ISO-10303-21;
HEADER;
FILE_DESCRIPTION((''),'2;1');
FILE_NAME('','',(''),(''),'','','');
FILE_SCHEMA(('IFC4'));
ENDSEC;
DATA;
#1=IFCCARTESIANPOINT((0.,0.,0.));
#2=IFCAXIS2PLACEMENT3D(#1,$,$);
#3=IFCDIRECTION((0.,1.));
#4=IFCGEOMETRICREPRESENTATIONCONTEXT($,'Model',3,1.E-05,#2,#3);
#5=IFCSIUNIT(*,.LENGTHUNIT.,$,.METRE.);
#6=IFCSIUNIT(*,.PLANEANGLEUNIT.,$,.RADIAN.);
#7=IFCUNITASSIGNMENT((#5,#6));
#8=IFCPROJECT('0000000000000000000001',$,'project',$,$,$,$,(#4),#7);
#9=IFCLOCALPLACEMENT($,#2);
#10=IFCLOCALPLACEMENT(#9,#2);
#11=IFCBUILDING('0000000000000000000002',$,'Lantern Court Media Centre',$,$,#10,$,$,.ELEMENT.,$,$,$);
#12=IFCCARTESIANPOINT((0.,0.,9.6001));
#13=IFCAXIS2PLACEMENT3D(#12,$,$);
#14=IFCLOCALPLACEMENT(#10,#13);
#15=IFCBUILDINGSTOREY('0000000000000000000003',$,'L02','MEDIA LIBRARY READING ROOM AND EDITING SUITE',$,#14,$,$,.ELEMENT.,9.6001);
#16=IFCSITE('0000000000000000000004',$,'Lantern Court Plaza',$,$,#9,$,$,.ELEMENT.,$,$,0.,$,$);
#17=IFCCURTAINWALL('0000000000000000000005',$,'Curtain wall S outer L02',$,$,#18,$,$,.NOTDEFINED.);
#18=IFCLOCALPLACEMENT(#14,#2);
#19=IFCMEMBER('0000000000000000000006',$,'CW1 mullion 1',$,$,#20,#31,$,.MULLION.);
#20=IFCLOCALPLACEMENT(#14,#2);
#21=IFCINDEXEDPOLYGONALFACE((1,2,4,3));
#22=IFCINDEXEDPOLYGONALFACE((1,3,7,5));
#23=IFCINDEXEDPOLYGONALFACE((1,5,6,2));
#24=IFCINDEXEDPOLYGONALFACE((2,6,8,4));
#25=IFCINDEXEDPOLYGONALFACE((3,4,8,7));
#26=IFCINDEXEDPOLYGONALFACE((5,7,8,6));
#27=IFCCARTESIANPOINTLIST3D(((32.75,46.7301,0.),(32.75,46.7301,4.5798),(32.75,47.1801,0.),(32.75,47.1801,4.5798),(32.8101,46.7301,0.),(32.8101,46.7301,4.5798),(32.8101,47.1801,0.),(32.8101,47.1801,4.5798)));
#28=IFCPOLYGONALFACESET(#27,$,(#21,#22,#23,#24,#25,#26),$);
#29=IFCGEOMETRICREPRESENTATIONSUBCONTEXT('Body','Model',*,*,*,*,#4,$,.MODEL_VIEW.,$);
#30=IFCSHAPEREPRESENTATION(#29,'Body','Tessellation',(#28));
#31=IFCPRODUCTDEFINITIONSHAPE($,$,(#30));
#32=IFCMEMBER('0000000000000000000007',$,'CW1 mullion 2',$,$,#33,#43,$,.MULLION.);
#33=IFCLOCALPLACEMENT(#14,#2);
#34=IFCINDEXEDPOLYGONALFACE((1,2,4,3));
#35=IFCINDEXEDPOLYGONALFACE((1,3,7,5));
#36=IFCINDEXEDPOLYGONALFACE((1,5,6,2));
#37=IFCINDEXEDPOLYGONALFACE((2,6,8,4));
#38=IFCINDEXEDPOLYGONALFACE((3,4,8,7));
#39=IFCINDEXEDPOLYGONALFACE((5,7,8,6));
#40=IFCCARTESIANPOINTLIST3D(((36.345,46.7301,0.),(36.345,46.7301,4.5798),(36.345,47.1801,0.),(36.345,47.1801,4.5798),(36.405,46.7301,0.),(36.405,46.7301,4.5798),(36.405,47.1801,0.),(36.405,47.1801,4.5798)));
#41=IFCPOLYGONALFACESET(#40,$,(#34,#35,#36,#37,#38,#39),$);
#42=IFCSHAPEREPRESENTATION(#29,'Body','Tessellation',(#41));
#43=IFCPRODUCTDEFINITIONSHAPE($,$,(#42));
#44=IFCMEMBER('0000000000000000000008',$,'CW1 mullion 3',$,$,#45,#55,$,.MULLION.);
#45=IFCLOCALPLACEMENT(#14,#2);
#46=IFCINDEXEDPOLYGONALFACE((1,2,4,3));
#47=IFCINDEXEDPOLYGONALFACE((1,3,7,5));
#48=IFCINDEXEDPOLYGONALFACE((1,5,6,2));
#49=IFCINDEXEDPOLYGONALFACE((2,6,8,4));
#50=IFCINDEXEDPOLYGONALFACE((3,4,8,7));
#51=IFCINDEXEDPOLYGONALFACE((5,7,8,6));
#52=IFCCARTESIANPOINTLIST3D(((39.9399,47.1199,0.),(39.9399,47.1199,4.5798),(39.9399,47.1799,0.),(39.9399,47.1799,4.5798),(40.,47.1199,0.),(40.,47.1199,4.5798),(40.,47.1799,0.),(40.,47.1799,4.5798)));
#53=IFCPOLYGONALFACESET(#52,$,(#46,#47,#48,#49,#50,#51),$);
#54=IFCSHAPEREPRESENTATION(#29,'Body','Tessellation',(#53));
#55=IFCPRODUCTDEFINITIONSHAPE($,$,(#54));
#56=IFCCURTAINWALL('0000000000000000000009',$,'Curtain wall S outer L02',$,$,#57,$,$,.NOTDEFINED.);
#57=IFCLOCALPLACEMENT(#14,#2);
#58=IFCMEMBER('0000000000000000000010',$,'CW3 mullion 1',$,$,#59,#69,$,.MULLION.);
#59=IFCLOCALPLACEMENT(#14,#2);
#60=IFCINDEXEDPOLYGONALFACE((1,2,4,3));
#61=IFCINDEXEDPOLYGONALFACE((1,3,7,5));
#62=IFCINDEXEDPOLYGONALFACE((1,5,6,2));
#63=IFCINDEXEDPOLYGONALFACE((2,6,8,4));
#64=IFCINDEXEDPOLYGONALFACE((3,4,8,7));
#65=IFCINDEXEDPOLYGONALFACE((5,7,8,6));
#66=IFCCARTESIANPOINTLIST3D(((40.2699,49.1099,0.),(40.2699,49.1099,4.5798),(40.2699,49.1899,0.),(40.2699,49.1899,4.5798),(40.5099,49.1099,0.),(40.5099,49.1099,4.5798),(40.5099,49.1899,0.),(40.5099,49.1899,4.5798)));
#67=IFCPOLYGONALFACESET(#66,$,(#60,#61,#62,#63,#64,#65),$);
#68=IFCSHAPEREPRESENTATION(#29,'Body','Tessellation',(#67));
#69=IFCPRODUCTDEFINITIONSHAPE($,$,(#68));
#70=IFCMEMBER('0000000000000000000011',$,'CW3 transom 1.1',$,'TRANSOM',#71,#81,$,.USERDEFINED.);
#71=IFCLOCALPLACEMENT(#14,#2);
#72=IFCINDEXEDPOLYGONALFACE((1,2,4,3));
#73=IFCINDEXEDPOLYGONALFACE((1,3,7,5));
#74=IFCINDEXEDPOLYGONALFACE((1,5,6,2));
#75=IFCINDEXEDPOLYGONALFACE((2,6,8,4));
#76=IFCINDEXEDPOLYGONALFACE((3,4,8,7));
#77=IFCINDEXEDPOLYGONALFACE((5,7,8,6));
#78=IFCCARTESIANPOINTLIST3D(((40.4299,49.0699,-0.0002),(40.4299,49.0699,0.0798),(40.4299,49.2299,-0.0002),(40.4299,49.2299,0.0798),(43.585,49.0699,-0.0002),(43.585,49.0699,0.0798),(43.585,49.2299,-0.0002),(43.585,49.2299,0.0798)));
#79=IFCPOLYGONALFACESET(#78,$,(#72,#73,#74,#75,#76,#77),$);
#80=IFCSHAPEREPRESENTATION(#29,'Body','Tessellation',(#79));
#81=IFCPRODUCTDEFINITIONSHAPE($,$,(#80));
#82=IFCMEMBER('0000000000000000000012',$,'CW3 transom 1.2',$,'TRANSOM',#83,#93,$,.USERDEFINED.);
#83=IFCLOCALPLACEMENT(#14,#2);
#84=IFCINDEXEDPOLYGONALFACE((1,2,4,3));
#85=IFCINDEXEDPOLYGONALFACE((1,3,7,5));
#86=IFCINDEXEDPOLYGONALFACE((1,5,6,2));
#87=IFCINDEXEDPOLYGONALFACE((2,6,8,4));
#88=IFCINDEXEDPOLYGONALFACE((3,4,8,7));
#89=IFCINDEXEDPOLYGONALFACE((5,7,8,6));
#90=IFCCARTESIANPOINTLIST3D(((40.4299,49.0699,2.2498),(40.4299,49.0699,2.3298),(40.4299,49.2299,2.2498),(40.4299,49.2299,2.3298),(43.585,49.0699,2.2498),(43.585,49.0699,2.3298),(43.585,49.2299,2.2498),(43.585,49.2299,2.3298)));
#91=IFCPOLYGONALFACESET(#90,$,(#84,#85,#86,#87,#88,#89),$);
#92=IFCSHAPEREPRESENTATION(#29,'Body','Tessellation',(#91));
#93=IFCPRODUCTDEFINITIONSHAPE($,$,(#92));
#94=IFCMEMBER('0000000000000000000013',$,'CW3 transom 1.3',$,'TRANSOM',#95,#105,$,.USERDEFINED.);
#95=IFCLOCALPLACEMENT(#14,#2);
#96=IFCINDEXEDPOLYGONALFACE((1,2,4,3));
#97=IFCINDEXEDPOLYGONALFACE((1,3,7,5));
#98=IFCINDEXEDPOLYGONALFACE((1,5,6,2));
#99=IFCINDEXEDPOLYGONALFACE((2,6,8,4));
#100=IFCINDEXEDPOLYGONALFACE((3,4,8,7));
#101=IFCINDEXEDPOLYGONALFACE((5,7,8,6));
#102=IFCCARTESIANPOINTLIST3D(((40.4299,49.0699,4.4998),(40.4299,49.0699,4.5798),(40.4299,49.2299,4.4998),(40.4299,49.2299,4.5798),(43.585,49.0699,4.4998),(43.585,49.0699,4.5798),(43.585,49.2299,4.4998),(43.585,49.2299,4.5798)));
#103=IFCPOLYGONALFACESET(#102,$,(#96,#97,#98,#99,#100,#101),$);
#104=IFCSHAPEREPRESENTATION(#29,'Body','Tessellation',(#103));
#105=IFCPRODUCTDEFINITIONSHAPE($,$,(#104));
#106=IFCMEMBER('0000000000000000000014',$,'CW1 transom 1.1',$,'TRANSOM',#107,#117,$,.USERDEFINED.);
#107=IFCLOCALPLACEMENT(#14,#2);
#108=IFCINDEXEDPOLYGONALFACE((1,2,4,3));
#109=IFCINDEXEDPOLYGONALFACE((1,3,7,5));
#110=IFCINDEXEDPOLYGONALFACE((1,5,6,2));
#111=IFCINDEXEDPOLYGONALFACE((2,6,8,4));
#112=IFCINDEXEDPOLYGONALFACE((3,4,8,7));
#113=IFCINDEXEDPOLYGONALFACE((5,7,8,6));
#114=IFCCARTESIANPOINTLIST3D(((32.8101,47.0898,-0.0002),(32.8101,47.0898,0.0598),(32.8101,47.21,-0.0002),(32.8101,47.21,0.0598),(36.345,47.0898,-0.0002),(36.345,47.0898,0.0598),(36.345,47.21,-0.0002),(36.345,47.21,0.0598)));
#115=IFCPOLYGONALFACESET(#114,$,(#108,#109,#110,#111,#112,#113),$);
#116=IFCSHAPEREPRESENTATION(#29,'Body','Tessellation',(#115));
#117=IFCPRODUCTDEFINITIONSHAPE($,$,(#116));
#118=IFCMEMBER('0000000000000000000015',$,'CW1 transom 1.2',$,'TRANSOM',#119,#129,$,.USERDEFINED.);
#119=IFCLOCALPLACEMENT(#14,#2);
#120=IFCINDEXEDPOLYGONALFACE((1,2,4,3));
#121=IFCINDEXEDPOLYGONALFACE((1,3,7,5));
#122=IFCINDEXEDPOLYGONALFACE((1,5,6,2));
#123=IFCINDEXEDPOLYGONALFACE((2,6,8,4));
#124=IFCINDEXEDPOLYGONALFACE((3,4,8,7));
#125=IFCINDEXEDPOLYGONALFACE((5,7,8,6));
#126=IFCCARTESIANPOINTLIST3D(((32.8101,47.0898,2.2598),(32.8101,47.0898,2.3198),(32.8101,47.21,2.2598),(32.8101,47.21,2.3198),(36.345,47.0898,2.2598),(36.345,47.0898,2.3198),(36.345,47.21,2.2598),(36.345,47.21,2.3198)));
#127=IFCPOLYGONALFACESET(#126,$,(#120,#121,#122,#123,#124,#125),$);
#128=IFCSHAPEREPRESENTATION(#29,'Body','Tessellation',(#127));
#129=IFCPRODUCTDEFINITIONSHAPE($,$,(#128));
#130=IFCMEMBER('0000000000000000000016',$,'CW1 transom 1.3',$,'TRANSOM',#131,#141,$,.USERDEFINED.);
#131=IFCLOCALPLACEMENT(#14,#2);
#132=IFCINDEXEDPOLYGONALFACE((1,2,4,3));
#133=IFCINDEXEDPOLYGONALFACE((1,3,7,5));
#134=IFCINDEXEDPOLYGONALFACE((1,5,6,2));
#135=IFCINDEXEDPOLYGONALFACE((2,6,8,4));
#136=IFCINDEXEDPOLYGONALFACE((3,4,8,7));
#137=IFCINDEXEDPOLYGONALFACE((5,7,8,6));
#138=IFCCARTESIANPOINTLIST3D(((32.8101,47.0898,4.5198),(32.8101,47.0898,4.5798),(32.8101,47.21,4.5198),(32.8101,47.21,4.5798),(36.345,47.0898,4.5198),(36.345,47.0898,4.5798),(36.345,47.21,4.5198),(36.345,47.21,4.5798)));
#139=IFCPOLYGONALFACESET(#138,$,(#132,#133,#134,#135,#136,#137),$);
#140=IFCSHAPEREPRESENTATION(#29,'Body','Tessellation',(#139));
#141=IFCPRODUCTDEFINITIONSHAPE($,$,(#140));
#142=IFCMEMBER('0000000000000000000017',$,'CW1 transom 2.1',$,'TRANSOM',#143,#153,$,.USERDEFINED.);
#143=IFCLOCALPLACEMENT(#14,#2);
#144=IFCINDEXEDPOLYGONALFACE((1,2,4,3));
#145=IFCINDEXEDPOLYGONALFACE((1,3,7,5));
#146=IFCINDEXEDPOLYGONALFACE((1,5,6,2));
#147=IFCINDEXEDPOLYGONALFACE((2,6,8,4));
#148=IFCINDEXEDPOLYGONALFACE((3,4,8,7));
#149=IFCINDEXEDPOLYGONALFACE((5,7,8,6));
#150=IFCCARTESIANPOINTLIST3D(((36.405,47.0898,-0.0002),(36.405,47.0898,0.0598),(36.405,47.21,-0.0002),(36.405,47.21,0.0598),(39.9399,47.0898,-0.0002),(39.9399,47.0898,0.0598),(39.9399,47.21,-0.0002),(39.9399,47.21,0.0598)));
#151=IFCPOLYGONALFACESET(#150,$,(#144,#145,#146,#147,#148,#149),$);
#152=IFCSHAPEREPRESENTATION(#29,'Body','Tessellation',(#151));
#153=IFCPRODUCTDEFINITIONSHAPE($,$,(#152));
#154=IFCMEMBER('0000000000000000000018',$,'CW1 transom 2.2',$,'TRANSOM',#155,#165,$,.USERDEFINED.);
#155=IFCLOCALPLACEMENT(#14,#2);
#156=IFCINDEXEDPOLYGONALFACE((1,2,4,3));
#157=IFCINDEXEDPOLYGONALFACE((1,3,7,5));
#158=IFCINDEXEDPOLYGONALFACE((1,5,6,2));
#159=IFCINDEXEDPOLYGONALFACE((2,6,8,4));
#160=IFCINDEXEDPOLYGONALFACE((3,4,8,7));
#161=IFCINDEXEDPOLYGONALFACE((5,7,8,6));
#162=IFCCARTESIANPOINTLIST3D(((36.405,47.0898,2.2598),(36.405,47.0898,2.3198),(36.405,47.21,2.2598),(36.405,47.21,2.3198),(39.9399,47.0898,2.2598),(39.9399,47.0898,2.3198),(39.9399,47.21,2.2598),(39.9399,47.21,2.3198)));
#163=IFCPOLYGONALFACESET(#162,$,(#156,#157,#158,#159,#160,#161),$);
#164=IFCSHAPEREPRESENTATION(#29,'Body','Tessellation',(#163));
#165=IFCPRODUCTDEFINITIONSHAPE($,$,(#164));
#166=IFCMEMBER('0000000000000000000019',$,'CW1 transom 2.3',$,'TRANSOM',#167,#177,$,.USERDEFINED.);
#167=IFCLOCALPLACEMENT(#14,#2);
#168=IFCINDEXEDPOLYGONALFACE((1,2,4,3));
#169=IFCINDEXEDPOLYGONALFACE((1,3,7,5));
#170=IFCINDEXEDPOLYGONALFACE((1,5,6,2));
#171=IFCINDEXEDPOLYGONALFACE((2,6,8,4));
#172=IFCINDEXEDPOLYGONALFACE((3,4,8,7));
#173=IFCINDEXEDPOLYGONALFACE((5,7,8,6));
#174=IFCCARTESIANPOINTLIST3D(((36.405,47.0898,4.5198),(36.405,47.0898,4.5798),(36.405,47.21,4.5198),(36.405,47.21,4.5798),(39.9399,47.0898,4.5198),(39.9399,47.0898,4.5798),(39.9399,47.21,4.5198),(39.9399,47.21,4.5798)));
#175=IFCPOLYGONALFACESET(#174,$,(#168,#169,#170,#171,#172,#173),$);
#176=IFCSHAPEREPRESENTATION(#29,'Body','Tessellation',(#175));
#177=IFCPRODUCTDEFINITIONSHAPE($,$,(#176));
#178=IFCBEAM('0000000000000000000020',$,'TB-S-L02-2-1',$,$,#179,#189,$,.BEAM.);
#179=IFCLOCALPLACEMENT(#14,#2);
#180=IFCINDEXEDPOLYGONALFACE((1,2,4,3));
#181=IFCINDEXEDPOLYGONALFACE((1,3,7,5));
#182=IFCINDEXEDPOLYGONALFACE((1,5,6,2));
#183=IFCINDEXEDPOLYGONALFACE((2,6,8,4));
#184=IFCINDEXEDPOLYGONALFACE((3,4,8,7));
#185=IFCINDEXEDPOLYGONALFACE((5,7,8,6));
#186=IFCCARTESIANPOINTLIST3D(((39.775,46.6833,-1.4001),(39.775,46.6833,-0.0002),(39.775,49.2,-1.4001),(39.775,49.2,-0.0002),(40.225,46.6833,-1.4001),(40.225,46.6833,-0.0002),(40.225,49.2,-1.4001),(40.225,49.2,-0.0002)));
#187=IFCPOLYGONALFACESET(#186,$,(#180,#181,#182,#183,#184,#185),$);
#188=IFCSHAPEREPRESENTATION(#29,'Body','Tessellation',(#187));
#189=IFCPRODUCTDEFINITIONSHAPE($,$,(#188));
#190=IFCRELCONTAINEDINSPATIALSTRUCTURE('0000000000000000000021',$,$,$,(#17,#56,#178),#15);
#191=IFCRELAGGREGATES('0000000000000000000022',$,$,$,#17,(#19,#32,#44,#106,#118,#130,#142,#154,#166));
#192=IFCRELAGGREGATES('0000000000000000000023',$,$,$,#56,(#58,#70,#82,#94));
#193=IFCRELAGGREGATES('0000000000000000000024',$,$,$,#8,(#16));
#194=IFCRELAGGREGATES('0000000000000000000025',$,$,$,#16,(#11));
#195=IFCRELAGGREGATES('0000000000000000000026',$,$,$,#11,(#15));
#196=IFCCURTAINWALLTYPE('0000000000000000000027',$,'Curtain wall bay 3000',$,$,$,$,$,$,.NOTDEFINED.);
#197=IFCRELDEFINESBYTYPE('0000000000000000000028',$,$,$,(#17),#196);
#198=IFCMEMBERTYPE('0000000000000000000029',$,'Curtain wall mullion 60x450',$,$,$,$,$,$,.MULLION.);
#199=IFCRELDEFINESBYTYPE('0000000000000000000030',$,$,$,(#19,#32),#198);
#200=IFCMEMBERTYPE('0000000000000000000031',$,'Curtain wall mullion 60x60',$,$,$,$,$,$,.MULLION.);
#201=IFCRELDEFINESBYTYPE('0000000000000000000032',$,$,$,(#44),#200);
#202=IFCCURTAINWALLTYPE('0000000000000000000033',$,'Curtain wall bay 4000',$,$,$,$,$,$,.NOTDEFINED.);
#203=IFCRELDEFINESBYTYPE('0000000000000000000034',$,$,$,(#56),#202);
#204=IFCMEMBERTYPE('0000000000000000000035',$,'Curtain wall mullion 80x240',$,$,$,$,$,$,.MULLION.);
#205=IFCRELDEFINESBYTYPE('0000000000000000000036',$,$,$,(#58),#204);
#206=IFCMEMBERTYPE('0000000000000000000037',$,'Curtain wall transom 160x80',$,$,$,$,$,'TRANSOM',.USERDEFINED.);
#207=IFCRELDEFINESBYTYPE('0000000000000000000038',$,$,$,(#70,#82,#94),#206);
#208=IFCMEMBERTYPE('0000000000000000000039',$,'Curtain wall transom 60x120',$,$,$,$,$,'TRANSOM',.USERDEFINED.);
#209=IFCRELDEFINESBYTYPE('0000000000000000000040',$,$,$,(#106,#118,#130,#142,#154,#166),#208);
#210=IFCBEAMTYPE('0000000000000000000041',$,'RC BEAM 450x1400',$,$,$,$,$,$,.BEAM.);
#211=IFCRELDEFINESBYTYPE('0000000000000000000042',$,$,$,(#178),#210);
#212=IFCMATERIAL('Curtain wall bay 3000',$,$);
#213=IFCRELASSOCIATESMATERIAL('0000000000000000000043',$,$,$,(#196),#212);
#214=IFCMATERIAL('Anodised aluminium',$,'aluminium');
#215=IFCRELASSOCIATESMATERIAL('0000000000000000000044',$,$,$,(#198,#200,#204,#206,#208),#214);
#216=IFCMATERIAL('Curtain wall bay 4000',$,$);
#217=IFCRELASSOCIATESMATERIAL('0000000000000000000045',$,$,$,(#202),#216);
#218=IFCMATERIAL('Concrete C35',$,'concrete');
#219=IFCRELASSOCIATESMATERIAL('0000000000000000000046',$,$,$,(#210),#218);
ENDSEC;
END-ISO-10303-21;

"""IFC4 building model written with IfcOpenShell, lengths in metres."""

from ifc_helpers import new_model, si_unit, direction, frame, origin, origin_2d, place, context, subcontext, project, spatial, rectangle, extrude, material, material_profile, profile_set, type_object, element, aggregate, save


model = new_model("IFC4")

# Units and contexts
model_context = context("Model", 3, precision=1e-05, world=origin(), true_north=direction((0.0, 1.0)))
body_context = subcontext(model_context, "Body", "Model", "MODEL_VIEW")
ifc_project = project(units=[si_unit("LENGTHUNIT", "METRE"), si_unit("PLANEANGLEUNIT", "RADIAN")], contexts=[model_context])

# Site, building, storey
site_placement = place(None, origin())
site = spatial("IfcSite", under=ifc_project, at=site_placement, Name="Lantern Court Plaza", CompositionType="ELEMENT", RefElevation=0.0)
building_placement = place(site_placement, origin())
building = spatial("IfcBuilding", under=site, at=building_placement, Name="Lantern Court Media Centre", CompositionType="ELEMENT")
storey_placement = place(building_placement, frame((0.0, 0.0, 9.6001)))
storey = spatial("IfcBuildingStorey", under=building, at=storey_placement, Name="L02", Description="MEDIA LIBRARY READING ROOM AND EDITING SUITE", CompositionType="ELEMENT", Elevation=9.6001)

# Curtain walls, members
ifc_material_1 = material(Name="Curtain wall bay 3000")
curtain_wall_type_1 = type_object("IfcCurtainWallType", Name="Curtain wall bay 3000", PredefinedType="NOTDEFINED", material=ifc_material_1)
curtain_wall_1_placement = place(storey_placement, origin())
curtain_wall_1 = element("IfcCurtainWall", 1, at=curtain_wall_1_placement, inside=storey, type_object=curtain_wall_type_1, Name="Curtain wall S outer L02", PredefinedType="NOTDEFINED")
ifc_material_2 = material(Name="Anodised aluminium", Category="aluminium")
ifc_material_profile_1 = material_profile(ifc_material_2, rectangle(XDim=0.45, YDim=0.0601, at=origin_2d()), Name="AL 60x450")
ifc_profile_set_1 = profile_set([ifc_material_profile_1], Name="Anodised aluminium")
member_type_1 = type_object("IfcMemberType", Name="Curtain wall mullion 60x450", PredefinedType="MULLION", material=ifc_profile_set_1)
member_1_placement = place(storey_placement, frame((32.78, 46.9551, 0.0), z_axis=(0.0, 0.0, 1.0), x_axis=(0.0, 1.0, 0.0)))
member_1 = element("IfcMember", 2, at=member_1_placement, type_object=member_type_1, Name="CW1 mullion 1", PredefinedType="MULLION", context=body_context, shape_type="SweptSolid", body=[
    extrude(rectangle(XDim=0.45, YDim=0.0601, at=origin_2d()), origin(), (0.0, 0.0, 1.0), 4.5798),
])
member_2_placement = place(storey_placement, frame((36.375, 46.9551, 0.0), z_axis=(0.0, 0.0, 1.0), x_axis=(0.0, 1.0, 0.0)))
member_2 = element("IfcMember", 3, at=member_2_placement, type_object=member_type_1, Name="CW1 mullion 2", PredefinedType="MULLION", context=body_context, shape_type="SweptSolid", body=[
    extrude(rectangle(XDim=0.45, YDim=0.0601, at=origin_2d()), origin(), (0.0, 0.0, 1.0), 4.5798),
])
ifc_material_profile_2 = material_profile(ifc_material_2, rectangle(XDim=0.0601, YDim=0.0601, at=origin_2d()), Name="AL 60x60")
ifc_profile_set_2 = profile_set([ifc_material_profile_2], Name="Anodised aluminium")
member_type_2 = type_object("IfcMemberType", Name="Curtain wall mullion 60x60", PredefinedType="MULLION", material=ifc_profile_set_2)
member_3_placement = place(storey_placement, frame((39.97, 47.1499, 0.0), z_axis=(0.0, 0.0, 1.0), x_axis=(0.0, 1.0, 0.0)))
member_3 = element("IfcMember", 4, at=member_3_placement, type_object=member_type_2, Name="CW1 mullion 3", PredefinedType="MULLION", context=body_context, shape_type="SweptSolid", body=[
    extrude(rectangle(XDim=0.0601, YDim=0.0601, at=origin_2d()), origin(), (0.0, 0.0, 1.0), 4.5798),
])
ifc_material_3 = material(Name="Curtain wall bay 4000")
curtain_wall_type_2 = type_object("IfcCurtainWallType", Name="Curtain wall bay 4000", PredefinedType="NOTDEFINED", material=ifc_material_3)
curtain_wall_2_placement = place(storey_placement, origin())
curtain_wall_2 = element("IfcCurtainWall", 5, at=curtain_wall_2_placement, inside=storey, type_object=curtain_wall_type_2, Name="Curtain wall S outer L02", PredefinedType="NOTDEFINED")
ifc_material_profile_3 = material_profile(ifc_material_2, rectangle(XDim=0.0801, YDim=0.24, at=origin_2d()), Name="AL 80x240")
ifc_profile_set_3 = profile_set([ifc_material_profile_3], Name="Anodised aluminium")
member_type_3 = type_object("IfcMemberType", Name="Curtain wall mullion 80x240", PredefinedType="MULLION", material=ifc_profile_set_3)
member_4_placement = place(storey_placement, frame((40.3899, 49.1499, 0.0), z_axis=(0.0, 0.0, 1.0), x_axis=(0.0, 1.0, 0.0)))
member_4 = element("IfcMember", 6, at=member_4_placement, type_object=member_type_3, Name="CW3 mullion 1", PredefinedType="MULLION", context=body_context, shape_type="SweptSolid", body=[
    extrude(rectangle(XDim=0.0801, YDim=0.24, at=origin_2d()), origin(), (0.0, 0.0, 1.0), 4.5798),
])
ifc_material_profile_4 = material_profile(ifc_material_2, rectangle(XDim=0.1599, YDim=0.0801, at=origin_2d()), Name="AL 80x160")
ifc_profile_set_4 = profile_set([ifc_material_profile_4], Name="Anodised aluminium")
member_type_4 = type_object("IfcMemberType", Name="Curtain wall transom 160x80", ElementType="TRANSOM", PredefinedType="USERDEFINED", material=ifc_profile_set_4)
member_5_placement = place(storey_placement, frame((40.4299, 49.1499, 0.0398), z_axis=(1.0, 0.0, 0.0), x_axis=(0.0, 1.0, 0.0)))
member_5 = element("IfcMember", 7, at=member_5_placement, type_object=member_type_4, Name="CW3 transom 1.1", ObjectType="TRANSOM", PredefinedType="USERDEFINED", context=body_context, shape_type="SweptSolid", body=[
    extrude(rectangle(XDim=0.1599, YDim=0.0801, at=origin_2d()), origin(), (0.0, 0.0, 1.0), 3.155),
])
member_6_placement = place(storey_placement, frame((40.4299, 49.1499, 2.2898), z_axis=(1.0, 0.0, 0.0), x_axis=(0.0, 1.0, 0.0)))
member_6 = element("IfcMember", 8, at=member_6_placement, type_object=member_type_4, Name="CW3 transom 1.2", ObjectType="TRANSOM", PredefinedType="USERDEFINED", context=body_context, shape_type="SweptSolid", body=[
    extrude(rectangle(XDim=0.1599, YDim=0.0801, at=origin_2d()), origin(), (0.0, 0.0, 1.0), 3.155),
])
member_7_placement = place(storey_placement, frame((40.4299, 49.1499, 4.5398), z_axis=(1.0, 0.0, 0.0), x_axis=(0.0, 1.0, 0.0)))
member_7 = element("IfcMember", 9, at=member_7_placement, type_object=member_type_4, Name="CW3 transom 1.3", ObjectType="TRANSOM", PredefinedType="USERDEFINED", context=body_context, shape_type="SweptSolid", body=[
    extrude(rectangle(XDim=0.1599, YDim=0.0801, at=origin_2d()), origin(), (0.0, 0.0, 1.0), 3.155),
])

# Members
ifc_material_profile_5 = material_profile(ifc_material_2, rectangle(XDim=0.1201, YDim=0.0601, at=origin_2d()), Name="AL 60x120")
ifc_profile_set_5 = profile_set([ifc_material_profile_5], Name="Anodised aluminium")
member_type_5 = type_object("IfcMemberType", Name="Curtain wall transom 60x120", ElementType="TRANSOM", PredefinedType="USERDEFINED", material=ifc_profile_set_5)
member_8_placement = place(storey_placement, frame((32.8101, 47.1499, 0.0298), z_axis=(1.0, 0.0, 0.0), x_axis=(0.0, 1.0, 0.0)))
member_8 = element("IfcMember", 10, at=member_8_placement, type_object=member_type_5, Name="CW1 transom 1.1", ObjectType="TRANSOM", PredefinedType="USERDEFINED", context=body_context, shape_type="SweptSolid", body=[
    extrude(rectangle(XDim=0.1201, YDim=0.0601, at=origin_2d()), origin(), (0.0, 0.0, 1.0), 3.5349),
])
member_9_placement = place(storey_placement, frame((32.8101, 47.1499, 2.2898), z_axis=(1.0, 0.0, 0.0), x_axis=(0.0, 1.0, 0.0)))
member_9 = element("IfcMember", 11, at=member_9_placement, type_object=member_type_5, Name="CW1 transom 1.2", ObjectType="TRANSOM", PredefinedType="USERDEFINED", context=body_context, shape_type="SweptSolid", body=[
    extrude(rectangle(XDim=0.1201, YDim=0.0601, at=origin_2d()), origin(), (0.0, 0.0, 1.0), 3.5349),
])
member_10_placement = place(storey_placement, frame((32.8101, 47.1499, 4.5498), z_axis=(1.0, 0.0, 0.0), x_axis=(0.0, 1.0, 0.0)))
member_10 = element("IfcMember", 12, at=member_10_placement, type_object=member_type_5, Name="CW1 transom 1.3", ObjectType="TRANSOM", PredefinedType="USERDEFINED", context=body_context, shape_type="SweptSolid", body=[
    extrude(rectangle(XDim=0.1201, YDim=0.0601, at=origin_2d()), origin(), (0.0, 0.0, 1.0), 3.5349),
])
member_11_placement = place(storey_placement, frame((36.405, 47.1499, 0.0298), z_axis=(1.0, 0.0, 0.0), x_axis=(0.0, 1.0, 0.0)))
member_11 = element("IfcMember", 13, at=member_11_placement, type_object=member_type_5, Name="CW1 transom 2.1", ObjectType="TRANSOM", PredefinedType="USERDEFINED", context=body_context, shape_type="SweptSolid", body=[
    extrude(rectangle(XDim=0.1201, YDim=0.0601, at=origin_2d()), origin(), (0.0, 0.0, 1.0), 3.5349),
])
member_12_placement = place(storey_placement, frame((36.405, 47.1499, 2.2898), z_axis=(1.0, 0.0, 0.0), x_axis=(0.0, 1.0, 0.0)))
member_12 = element("IfcMember", 14, at=member_12_placement, type_object=member_type_5, Name="CW1 transom 2.2", ObjectType="TRANSOM", PredefinedType="USERDEFINED", context=body_context, shape_type="SweptSolid", body=[
    extrude(rectangle(XDim=0.1201, YDim=0.0601, at=origin_2d()), origin(), (0.0, 0.0, 1.0), 3.5349),
])
member_13_placement = place(storey_placement, frame((36.405, 47.1499, 4.5498), z_axis=(1.0, 0.0, 0.0), x_axis=(0.0, 1.0, 0.0)))
member_13 = element("IfcMember", 15, at=member_13_placement, type_object=member_type_5, Name="CW1 transom 2.3", ObjectType="TRANSOM", PredefinedType="USERDEFINED", context=body_context, shape_type="SweptSolid", body=[
    extrude(rectangle(XDim=0.1201, YDim=0.0601, at=origin_2d()), origin(), (0.0, 0.0, 1.0), 3.5349),
])

# Beam
ifc_material_4 = material(Name="Concrete C35", Category="concrete")
ifc_material_profile_6 = material_profile(ifc_material_4, rectangle(XDim=0.45, YDim=1.3999, at=origin_2d()), Name="RC 450x1400")
ifc_profile_set_6 = profile_set([ifc_material_profile_6], Name="Concrete C35")
beam_type = type_object("IfcBeamType", Name="RC BEAM 450x1400", PredefinedType="BEAM", material=ifc_profile_set_6)
beam_placement = place(storey_placement, frame((40.0, 46.6833, -0.7002), z_axis=(0.0, 1.0, 0.0), x_axis=(-1.0, 0.0, 0.0)))
element("IfcBeam", 16, at=beam_placement, inside=storey, type_object=beam_type, Name="TB-S-L02-2-1", PredefinedType="BEAM", context=body_context, shape_type="SweptSolid", body=[
    extrude(rectangle(XDim=0.45, YDim=1.3999, at=origin_2d()), origin(), (0.0, 0.0, 1.0), 2.5166),
])

aggregate(curtain_wall_1, [member_1, member_2, member_3, member_8, member_9, member_10, member_11, member_12, member_13])
aggregate(curtain_wall_2, [member_4, member_5, member_6, member_7])

save(model, "model.ifc")
